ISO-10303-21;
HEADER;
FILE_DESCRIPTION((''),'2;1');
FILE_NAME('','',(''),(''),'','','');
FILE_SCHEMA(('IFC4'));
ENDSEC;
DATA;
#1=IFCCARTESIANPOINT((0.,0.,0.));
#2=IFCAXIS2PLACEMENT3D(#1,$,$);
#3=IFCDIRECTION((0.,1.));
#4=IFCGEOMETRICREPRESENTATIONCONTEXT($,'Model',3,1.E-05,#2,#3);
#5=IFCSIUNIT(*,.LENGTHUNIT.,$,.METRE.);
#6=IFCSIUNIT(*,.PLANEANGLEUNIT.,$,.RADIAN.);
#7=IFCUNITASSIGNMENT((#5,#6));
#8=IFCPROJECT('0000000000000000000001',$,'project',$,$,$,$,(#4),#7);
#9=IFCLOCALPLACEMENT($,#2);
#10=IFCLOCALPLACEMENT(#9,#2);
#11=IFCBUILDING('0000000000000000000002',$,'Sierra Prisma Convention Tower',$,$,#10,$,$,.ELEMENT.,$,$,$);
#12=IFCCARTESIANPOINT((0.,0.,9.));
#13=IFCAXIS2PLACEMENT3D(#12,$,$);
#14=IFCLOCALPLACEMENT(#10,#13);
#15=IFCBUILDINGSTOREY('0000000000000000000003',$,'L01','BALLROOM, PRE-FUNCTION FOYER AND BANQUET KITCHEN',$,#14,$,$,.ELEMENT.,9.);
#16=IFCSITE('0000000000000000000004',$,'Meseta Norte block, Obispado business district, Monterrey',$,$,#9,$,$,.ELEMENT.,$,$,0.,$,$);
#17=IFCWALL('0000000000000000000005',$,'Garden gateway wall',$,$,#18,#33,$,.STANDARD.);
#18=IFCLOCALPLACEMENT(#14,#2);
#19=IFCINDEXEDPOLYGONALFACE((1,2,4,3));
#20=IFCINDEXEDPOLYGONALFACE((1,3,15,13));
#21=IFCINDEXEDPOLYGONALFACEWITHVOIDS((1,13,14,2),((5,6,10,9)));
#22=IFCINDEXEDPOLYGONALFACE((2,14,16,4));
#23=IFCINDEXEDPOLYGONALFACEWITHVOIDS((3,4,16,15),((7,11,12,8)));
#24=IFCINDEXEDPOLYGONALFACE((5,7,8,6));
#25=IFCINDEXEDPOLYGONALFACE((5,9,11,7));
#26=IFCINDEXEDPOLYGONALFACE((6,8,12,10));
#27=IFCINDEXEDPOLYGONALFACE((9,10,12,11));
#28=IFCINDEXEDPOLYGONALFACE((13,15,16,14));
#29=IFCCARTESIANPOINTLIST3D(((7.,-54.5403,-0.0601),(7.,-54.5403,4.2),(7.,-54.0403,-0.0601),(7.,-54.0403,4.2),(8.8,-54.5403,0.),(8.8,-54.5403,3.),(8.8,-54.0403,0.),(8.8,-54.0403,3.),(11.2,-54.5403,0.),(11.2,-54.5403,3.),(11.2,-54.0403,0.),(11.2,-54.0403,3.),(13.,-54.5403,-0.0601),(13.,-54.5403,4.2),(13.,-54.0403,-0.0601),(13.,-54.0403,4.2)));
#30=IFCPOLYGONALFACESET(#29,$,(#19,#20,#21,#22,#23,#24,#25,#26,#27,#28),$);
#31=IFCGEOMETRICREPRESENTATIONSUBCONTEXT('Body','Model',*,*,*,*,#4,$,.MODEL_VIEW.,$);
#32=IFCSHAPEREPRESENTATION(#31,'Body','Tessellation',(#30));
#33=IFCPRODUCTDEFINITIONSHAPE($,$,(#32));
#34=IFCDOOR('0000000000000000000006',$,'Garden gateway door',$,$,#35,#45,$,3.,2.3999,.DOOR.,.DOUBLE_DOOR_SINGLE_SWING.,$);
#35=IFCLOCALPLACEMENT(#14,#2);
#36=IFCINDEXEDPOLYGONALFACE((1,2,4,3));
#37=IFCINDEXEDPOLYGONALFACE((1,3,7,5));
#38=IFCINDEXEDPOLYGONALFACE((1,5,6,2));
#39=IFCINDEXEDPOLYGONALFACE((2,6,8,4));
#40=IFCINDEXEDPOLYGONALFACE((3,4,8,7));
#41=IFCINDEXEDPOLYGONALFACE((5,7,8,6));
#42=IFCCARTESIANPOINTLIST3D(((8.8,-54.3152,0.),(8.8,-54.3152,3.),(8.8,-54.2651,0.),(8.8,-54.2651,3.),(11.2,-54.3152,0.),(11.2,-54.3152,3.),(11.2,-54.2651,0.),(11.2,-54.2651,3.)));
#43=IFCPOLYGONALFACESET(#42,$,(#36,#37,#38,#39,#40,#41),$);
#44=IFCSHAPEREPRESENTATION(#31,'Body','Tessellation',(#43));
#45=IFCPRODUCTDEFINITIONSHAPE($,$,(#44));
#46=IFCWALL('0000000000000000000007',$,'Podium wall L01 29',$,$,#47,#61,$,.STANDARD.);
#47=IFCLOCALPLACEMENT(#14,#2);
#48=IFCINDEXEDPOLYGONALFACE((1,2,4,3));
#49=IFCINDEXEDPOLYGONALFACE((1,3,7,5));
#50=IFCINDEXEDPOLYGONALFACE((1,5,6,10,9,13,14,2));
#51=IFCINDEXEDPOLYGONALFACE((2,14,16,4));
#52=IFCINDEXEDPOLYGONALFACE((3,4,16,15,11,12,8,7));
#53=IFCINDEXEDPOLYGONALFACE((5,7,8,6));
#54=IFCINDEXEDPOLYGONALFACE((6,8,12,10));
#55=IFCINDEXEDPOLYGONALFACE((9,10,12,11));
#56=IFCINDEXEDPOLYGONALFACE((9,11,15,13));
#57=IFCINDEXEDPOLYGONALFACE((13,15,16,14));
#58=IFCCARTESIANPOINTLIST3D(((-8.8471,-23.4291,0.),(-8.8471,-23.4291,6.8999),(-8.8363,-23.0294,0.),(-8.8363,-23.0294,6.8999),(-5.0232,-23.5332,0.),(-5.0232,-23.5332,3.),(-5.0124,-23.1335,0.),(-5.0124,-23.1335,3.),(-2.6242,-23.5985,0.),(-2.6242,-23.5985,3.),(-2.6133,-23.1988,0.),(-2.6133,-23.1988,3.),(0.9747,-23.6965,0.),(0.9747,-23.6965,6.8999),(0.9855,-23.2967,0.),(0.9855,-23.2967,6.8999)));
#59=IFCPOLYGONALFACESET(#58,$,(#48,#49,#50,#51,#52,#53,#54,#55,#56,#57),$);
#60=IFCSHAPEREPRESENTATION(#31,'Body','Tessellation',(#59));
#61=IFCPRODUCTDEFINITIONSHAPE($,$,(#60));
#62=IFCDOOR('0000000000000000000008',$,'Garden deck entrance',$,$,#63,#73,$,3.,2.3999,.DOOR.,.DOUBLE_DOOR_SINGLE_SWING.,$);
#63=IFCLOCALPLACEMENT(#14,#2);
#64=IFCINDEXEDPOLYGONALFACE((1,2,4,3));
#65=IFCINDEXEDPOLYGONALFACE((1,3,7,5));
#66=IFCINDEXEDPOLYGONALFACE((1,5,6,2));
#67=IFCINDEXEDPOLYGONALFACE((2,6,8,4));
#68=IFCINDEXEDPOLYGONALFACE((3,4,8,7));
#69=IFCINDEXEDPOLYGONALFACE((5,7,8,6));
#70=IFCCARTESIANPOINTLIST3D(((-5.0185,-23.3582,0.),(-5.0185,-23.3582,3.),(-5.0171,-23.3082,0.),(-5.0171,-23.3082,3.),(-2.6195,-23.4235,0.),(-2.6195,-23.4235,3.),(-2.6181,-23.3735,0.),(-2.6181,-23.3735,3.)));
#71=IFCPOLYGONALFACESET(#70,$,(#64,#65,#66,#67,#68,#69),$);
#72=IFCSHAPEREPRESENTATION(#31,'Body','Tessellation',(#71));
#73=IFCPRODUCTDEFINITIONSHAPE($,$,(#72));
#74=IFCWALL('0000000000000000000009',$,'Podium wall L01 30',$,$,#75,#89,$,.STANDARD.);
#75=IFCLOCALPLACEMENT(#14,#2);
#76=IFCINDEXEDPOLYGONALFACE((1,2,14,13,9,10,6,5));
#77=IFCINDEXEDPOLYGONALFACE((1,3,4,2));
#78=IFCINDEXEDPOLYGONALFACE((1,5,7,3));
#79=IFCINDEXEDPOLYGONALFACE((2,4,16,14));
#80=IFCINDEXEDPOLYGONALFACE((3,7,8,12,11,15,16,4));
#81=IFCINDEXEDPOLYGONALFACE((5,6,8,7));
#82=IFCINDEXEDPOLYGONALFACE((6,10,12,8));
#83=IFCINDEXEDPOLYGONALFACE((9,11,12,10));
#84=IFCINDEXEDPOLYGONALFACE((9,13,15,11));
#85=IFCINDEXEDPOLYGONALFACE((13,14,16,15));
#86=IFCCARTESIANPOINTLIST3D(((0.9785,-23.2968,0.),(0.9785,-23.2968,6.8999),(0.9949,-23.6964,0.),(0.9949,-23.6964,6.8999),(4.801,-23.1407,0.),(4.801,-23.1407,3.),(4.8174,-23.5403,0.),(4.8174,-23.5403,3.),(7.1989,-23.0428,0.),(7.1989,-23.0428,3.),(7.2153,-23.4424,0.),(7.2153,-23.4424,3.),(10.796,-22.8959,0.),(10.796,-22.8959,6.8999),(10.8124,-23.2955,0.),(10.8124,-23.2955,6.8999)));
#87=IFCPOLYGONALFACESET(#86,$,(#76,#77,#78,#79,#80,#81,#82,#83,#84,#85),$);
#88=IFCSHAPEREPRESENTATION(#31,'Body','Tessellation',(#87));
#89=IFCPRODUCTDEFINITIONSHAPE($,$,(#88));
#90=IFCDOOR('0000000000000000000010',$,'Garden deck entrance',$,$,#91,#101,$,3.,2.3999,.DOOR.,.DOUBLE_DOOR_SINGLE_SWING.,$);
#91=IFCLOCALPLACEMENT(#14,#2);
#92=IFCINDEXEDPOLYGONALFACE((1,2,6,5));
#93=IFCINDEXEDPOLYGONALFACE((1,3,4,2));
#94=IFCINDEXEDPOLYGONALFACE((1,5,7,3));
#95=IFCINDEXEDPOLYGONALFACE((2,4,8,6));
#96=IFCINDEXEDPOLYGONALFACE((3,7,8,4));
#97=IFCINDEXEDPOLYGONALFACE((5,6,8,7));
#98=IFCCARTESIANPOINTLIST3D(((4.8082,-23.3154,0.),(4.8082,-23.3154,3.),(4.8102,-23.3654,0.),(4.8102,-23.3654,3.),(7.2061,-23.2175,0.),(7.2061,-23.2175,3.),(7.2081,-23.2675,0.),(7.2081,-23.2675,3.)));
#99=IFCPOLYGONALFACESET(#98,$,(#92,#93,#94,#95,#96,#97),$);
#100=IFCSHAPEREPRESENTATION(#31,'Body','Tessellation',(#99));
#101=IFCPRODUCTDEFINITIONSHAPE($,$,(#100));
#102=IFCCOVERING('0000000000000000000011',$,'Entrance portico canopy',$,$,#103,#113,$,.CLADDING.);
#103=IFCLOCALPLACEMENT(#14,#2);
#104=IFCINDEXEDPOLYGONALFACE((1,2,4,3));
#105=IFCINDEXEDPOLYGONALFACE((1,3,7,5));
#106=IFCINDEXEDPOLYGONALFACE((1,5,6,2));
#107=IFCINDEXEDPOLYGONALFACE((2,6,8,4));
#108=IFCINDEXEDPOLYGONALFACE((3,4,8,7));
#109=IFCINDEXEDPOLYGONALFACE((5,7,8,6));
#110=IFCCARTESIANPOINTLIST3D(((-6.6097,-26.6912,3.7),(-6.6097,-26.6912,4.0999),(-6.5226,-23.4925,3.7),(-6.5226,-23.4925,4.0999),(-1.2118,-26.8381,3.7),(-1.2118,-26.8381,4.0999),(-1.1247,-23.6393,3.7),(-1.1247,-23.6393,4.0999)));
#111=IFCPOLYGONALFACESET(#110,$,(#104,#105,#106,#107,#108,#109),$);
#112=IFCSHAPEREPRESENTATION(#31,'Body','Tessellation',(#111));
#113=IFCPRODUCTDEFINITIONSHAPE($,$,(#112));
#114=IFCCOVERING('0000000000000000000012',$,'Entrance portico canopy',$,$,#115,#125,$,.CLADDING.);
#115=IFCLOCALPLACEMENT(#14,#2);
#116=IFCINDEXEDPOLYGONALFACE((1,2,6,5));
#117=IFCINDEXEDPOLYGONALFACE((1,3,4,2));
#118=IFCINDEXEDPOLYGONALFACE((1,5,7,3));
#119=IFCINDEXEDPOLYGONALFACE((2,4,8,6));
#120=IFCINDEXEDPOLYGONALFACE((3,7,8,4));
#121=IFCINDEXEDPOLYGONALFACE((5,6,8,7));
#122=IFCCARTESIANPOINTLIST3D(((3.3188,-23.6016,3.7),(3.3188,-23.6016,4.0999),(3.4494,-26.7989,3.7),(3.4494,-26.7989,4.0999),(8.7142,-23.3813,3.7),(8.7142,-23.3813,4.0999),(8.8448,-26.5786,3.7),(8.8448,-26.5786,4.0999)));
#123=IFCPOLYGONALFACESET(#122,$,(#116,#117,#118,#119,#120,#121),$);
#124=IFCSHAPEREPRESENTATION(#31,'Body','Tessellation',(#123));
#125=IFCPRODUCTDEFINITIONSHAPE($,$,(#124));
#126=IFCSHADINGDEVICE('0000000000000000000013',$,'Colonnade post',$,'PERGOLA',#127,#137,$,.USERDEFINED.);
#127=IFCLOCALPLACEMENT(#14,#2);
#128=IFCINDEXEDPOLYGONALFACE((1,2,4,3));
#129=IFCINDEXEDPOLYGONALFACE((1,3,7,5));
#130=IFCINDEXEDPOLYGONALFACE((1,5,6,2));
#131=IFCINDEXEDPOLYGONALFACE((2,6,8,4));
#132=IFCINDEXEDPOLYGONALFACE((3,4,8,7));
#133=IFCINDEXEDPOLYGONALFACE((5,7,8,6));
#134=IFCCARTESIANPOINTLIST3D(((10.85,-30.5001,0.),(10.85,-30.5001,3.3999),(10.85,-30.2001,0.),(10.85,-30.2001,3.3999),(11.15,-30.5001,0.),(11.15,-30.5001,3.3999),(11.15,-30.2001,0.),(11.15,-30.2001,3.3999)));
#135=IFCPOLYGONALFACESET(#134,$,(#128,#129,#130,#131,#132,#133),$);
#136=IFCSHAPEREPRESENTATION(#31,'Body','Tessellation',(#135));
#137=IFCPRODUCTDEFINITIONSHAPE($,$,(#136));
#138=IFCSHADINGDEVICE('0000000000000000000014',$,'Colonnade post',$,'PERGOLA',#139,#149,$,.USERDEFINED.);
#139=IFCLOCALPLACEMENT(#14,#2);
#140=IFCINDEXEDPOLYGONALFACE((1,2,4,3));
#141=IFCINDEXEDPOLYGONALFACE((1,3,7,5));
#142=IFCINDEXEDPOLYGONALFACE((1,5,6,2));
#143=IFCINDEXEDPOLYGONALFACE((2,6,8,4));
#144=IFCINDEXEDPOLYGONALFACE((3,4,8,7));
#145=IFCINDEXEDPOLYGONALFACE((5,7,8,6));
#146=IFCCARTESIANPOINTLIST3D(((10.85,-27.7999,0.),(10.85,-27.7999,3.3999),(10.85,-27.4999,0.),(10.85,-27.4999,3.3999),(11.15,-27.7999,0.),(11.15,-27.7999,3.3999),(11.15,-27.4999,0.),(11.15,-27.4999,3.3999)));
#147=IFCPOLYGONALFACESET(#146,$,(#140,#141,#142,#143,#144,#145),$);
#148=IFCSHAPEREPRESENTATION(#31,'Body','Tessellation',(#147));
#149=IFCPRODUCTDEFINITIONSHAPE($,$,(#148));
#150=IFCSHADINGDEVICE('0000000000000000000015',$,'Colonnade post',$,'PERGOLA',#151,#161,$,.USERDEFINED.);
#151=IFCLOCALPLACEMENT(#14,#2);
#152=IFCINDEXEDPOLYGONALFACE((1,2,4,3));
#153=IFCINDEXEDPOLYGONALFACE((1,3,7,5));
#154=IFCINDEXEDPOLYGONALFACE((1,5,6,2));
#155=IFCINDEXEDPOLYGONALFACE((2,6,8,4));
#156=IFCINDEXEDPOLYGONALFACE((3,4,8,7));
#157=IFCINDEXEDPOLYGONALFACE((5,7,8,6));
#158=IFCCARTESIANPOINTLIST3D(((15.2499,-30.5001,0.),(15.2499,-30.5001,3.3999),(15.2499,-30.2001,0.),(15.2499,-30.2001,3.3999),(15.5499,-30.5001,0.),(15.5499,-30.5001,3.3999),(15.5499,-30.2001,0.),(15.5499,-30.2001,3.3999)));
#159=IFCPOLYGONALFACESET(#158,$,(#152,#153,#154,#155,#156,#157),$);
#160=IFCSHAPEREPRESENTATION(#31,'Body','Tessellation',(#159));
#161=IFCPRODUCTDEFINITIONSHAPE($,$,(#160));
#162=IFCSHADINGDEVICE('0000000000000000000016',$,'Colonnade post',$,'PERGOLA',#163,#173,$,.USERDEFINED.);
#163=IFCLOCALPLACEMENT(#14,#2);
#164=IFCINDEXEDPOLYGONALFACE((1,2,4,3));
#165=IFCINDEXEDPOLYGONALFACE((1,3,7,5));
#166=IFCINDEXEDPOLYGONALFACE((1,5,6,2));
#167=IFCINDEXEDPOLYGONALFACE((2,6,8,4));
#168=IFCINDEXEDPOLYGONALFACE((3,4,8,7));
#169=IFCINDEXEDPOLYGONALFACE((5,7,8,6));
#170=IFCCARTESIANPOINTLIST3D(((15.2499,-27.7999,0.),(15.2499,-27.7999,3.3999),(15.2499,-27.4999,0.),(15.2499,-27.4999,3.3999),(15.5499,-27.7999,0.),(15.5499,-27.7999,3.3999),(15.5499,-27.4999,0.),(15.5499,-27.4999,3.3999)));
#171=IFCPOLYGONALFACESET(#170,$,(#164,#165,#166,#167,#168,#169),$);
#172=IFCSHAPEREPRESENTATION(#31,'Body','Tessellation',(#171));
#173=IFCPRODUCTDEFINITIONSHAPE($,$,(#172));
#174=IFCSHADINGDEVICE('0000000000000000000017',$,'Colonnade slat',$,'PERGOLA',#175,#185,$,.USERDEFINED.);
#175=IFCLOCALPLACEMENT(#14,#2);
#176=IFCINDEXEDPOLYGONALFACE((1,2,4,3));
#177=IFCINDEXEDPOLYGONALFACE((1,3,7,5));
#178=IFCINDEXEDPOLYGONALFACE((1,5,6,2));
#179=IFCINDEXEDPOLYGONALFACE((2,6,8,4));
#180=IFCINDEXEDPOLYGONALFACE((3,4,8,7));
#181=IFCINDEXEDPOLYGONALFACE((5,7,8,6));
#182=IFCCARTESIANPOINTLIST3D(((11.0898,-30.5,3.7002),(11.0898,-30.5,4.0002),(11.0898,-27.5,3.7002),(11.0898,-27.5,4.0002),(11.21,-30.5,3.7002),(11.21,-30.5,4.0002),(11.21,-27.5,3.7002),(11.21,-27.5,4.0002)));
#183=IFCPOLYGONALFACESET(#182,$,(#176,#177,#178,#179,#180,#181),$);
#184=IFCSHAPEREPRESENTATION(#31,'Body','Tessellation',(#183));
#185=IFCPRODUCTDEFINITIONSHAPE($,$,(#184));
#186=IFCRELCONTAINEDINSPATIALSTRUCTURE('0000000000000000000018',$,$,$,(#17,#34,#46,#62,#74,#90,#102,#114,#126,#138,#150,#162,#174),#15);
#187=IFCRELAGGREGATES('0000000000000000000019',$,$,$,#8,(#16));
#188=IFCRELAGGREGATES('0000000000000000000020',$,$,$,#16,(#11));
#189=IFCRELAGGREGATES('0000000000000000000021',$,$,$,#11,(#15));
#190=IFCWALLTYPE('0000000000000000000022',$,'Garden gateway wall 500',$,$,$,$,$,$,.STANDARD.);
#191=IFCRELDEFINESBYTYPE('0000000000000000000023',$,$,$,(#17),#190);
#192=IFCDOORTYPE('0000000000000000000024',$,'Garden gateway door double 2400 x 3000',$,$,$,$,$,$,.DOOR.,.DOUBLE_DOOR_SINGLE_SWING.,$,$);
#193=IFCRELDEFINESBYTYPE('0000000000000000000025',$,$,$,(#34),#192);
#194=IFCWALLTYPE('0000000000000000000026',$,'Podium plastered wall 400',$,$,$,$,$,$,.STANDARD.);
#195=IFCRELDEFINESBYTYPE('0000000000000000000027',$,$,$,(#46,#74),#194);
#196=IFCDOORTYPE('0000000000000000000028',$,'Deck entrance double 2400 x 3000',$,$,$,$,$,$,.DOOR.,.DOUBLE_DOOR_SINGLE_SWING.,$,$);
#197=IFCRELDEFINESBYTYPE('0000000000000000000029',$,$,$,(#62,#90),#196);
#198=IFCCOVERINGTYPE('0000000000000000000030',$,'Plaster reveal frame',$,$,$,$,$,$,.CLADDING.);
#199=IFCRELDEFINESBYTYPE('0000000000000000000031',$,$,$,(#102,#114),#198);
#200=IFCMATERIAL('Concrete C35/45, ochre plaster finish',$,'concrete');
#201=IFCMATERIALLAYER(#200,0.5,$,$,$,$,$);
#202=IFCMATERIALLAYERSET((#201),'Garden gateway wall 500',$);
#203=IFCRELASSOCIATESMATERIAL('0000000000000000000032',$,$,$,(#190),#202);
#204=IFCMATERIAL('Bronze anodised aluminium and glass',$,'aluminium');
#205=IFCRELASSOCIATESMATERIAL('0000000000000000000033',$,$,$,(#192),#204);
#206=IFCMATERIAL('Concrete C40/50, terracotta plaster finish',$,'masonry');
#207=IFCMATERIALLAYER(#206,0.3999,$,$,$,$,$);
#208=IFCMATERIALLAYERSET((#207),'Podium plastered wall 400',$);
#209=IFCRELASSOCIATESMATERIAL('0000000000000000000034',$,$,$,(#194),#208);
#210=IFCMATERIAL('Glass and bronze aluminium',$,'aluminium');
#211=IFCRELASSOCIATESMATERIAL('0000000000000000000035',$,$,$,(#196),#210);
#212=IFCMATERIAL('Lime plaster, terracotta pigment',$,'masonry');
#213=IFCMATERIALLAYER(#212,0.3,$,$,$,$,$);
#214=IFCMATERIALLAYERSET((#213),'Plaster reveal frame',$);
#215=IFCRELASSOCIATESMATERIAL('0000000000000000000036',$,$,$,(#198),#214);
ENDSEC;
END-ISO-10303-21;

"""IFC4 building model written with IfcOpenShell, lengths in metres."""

from ifc_helpers import new_model, si_unit, direction, frame, frame_2d, origin, origin_2d, place, context, subcontext, project, spatial, rectangle, extrude, material, layer, layer_set, type_object, element, fill, save


model = new_model("IFC4")

# Units and contexts
model_context = context("Model", 3, precision=1e-05, world=origin(), true_north=direction((0.0, 1.0)))
body_context = subcontext(model_context, "Body", "Model", "MODEL_VIEW")
ifc_project = project(units=[si_unit("LENGTHUNIT", "METRE"), si_unit("PLANEANGLEUNIT", "RADIAN")], contexts=[model_context])

# Site, building, storey
site_placement = place(None, origin())
site = spatial("IfcSite", under=ifc_project, at=site_placement, Name="Meseta Norte block, Obispado business district, Monterrey", CompositionType="ELEMENT", RefElevation=0.0)
building_placement = place(site_placement, origin())
building = spatial("IfcBuilding", under=site, at=building_placement, Name="Sierra Prisma Convention Tower", CompositionType="ELEMENT")
storey_placement = place(building_placement, frame((0.0, 0.0, 9.0)))
storey = spatial("IfcBuildingStorey", under=building, at=storey_placement, Name="L01", Description="BALLROOM, PRE-FUNCTION FOYER AND BANQUET KITCHEN", CompositionType="ELEMENT", Elevation=9.0)

# Walls, openings, doors
ifc_material_1 = material(Name="Concrete C35/45, ochre plaster finish", Category="concrete")
ifc_layer_1 = layer(ifc_material_1, 0.5)
ifc_layer_set_1 = layer_set([ifc_layer_1], Name="Garden gateway wall 500")
wall_type_1 = type_object("IfcWallType", Name="Garden gateway wall 500", PredefinedType="STANDARD", material=ifc_layer_set_1)
wall_1_placement = place(storey_placement, frame((13.0, -54.2903, -0.0601), z_axis=(0.0, 0.0, 1.0), x_axis=(-1.0, 0.0, 0.0)))
wall_1 = element("IfcWall", 1, at=wall_1_placement, inside=storey, type_object=wall_type_1, Name="Garden gateway wall", PredefinedType="STANDARD", context=body_context, shape_type="SweptSolid", body=[
    extrude(rectangle(XDim=6.0, YDim=0.5, at=frame_2d((3.0, 0.0))), origin(), (0.0, 0.0, 1.0), 4.26),
])
opening_1_placement = place(wall_1_placement, frame((1.8, 0.0, 0.0601)))
opening_1 = element("IfcOpeningElement", 2, at=opening_1_placement, cuts=wall_1, PredefinedType="OPENING", context=body_context, shape_type="SweptSolid", body=[
    extrude(rectangle(XDim=2.3999, YDim=3.0, at=frame_2d((1.2, 1.5))), frame((0.0, 0.25, 0.0), z_axis=(0.0, -1.0, 0.0), x_axis=(1.0, 0.0, 0.0)), (0.0, 0.0, 1.0), 0.5),
])
ifc_material_2 = material(Name="Bronze anodised aluminium and glass", Category="aluminium")
door_type_1 = type_object("IfcDoorType", Name="Garden gateway door double 2400 x 3000", OperationType="DOUBLE_DOOR_SINGLE_SWING", PredefinedType="DOOR", material=ifc_material_2)
door_1_placement = place(opening_1_placement, origin())
door_1 = element("IfcDoor", 3, at=door_1_placement, inside=storey, type_object=door_type_1, Name="Garden gateway door", OperationType="DOUBLE_DOOR_SINGLE_SWING", OverallHeight=3.0, OverallWidth=2.3999, PredefinedType="DOOR", context=body_context, shape_type="SweptSolid", body=[
    extrude(rectangle(XDim=2.3999, YDim=3.0, at=frame_2d((1.2, 1.5))), frame((0.0, 0.0249, 0.0), z_axis=(0.0, -1.0, 0.0), x_axis=(1.0, 0.0, 0.0)), (0.0, 0.0, 1.0), 0.05),
])
fill(opening_1, door_1)
ifc_material_3 = material(Name="Concrete C40/50, terracotta plaster finish", Category="masonry")
ifc_layer_2 = layer(ifc_material_3, 0.3999)
ifc_layer_set_2 = layer_set([ifc_layer_2], Name="Podium plastered wall 400")
wall_type_2 = type_object("IfcWallType", Name="Podium plastered wall 400", PredefinedType="STANDARD", material=ifc_layer_set_2)
wall_2_placement = place(storey_placement, frame((0.98, -23.4966, 0.0), z_axis=(0.0, 0.0, 1.0), x_axis=(-0.99963, 0.027208, 0.0)))
wall_2 = element("IfcWall", 4, at=wall_2_placement, inside=storey, type_object=wall_type_2, Name="Podium wall L01 29", PredefinedType="STANDARD", context=body_context, shape_type="SweptSolid", body=[
    extrude(rectangle(XDim=9.8254, YDim=0.3999, at=frame_2d((4.9126, 0.0))), origin(), (0.0, 0.0, 1.0), 6.8999),
])
opening_2_placement = place(wall_2_placement, frame((3.6001, 0.0, 0.0)))
opening_2 = element("IfcOpeningElement", 5, at=opening_2_placement, cuts=wall_2, PredefinedType="OPENING", context=body_context, shape_type="SweptSolid", body=[
    extrude(rectangle(XDim=2.3999, YDim=3.0, at=frame_2d((1.2, 1.5))), frame((0.0, 0.2, 0.0), z_axis=(0.0, -1.0, 0.0), x_axis=(1.0, 0.0, 0.0)), (0.0, 0.0, 1.0), 0.3999),
])
ifc_material_4 = material(Name="Glass and bronze aluminium", Category="aluminium")
door_type_2 = type_object("IfcDoorType", Name="Deck entrance double 2400 x 3000", OperationType="DOUBLE_DOOR_SINGLE_SWING", PredefinedType="DOOR", material=ifc_material_4)
door_2_placement = place(opening_2_placement, origin())
door_2 = element("IfcDoor", 6, at=door_2_placement, inside=storey, type_object=door_type_2, Name="Garden deck entrance", OperationType="DOUBLE_DOOR_SINGLE_SWING", OverallHeight=3.0, OverallWidth=2.3999, PredefinedType="DOOR", context=body_context, shape_type="SweptSolid", body=[
    extrude(rectangle(XDim=2.3999, YDim=3.0, at=frame_2d((1.2, 1.5))), frame((0.0, 0.0249, 0.0), z_axis=(0.0, -1.0, 0.0), x_axis=(1.0, 0.0, 0.0)), (0.0, 0.0, 1.0), 0.05),
])
fill(opening_2, door_2)
wall_3_placement = place(storey_placement, frame((10.8042, -23.0957, 0.0), z_axis=(0.0, 0.0, 1.0), x_axis=(-0.999167, -0.0408, 0.0)))
wall_3 = element("IfcWall", 7, at=wall_3_placement, inside=storey, type_object=wall_type_2, Name="Podium wall L01 30", PredefinedType="STANDARD", context=body_context, shape_type="SweptSolid", body=[
    extrude(rectangle(XDim=9.8257, YDim=0.3999, at=frame_2d((4.9128, 0.0))), origin(), (0.0, 0.0, 1.0), 6.8999),
])
opening_3_placement = place(wall_3_placement, frame((3.6001, 0.0, 0.0)))
opening_3 = element("IfcOpeningElement", 8, at=opening_3_placement, cuts=wall_3, PredefinedType="OPENING", context=body_context, shape_type="SweptSolid", body=[
    extrude(rectangle(XDim=2.3999, YDim=3.0, at=frame_2d((1.2, 1.5))), frame((0.0, 0.2, 0.0), z_axis=(0.0, -1.0, 0.0), x_axis=(1.0, 0.0, 0.0)), (0.0, 0.0, 1.0), 0.3999),
])
door_3_placement = place(opening_3_placement, origin())
door_3 = element("IfcDoor", 9, at=door_3_placement, inside=storey, type_object=door_type_2, Name="Garden deck entrance", OperationType="DOUBLE_DOOR_SINGLE_SWING", OverallHeight=3.0, OverallWidth=2.3999, PredefinedType="DOOR", context=body_context, shape_type="SweptSolid", body=[
    extrude(rectangle(XDim=2.3999, YDim=3.0, at=frame_2d((1.2, 1.5))), frame((0.0, 0.0249, 0.0), z_axis=(0.0, -1.0, 0.0), x_axis=(1.0, 0.0, 0.0)), (0.0, 0.0, 1.0), 0.05),
])
fill(opening_3, door_3)

# Coverings
ifc_material_5 = material(Name="Lime plaster, terracotta pigment", Category="masonry")
ifc_layer_3 = layer(ifc_material_5, 0.3)
ifc_layer_set_3 = layer_set([ifc_layer_3], Name="Plaster reveal frame")
covering_type = type_object("IfcCoveringType", Name="Plaster reveal frame", PredefinedType="CLADDING", material=ifc_layer_set_3)
for number, where, z_axis, x_axis, name in (
    (10, (-3.8672, -25.1653, 3.7), (0.0, 0.0, 1.0), (-0.99963, 0.027203, 0.0), "Entrance portico canopy"),
    (11, (6.0818, -25.0901, 3.7), (0.0, 0.0, 1.0), (-0.999167, -0.040796, 0.0), "Entrance portico canopy"),
):
    element("IfcCovering", number, at=place(storey_placement, frame(where, z_axis=z_axis, x_axis=x_axis)), inside=storey, type_object=covering_type, Name=name, PredefinedType="CLADDING", context=body_context, shape_type="SweptSolid", body=[
        extrude(rectangle(XDim=5.3999, YDim=3.2, at=origin_2d()), origin(), (0.0, 0.0, 1.0), 0.3999),
    ])

# Shading devices
for number, where, z_axis, x_axis, name in (
    (12, (11.0, -30.3501, 0.0), (0.0, 0.0, 1.0), (1.0, 0.0, 0.0), "Colonnade post"),
    (13, (11.0, -27.6499, 0.0), (0.0, 0.0, 1.0), (1.0, 0.0, 0.0), "Colonnade post"),
    (14, (15.3999, -30.3501, 0.0), (0.0, 0.0, 1.0), (1.0, 0.0, 0.0), "Colonnade post"),
    (15, (15.3999, -27.6499, 0.0), (0.0, 0.0, 1.0), (1.0, 0.0, 0.0), "Colonnade post"),
):
    element("IfcShadingDevice", number, at=place(storey_placement, frame(where, z_axis=z_axis, x_axis=x_axis)), inside=storey, Name=name, ObjectType="PERGOLA", PredefinedType="USERDEFINED", context=body_context, shape_type="SweptSolid", body=[
        extrude(rectangle(XDim=0.3, YDim=0.3, at=origin_2d()), origin(), (0.0, 0.0, 1.0), 3.3999),
    ])
for number, where, z_axis, x_axis, name in (
    (16, (11.1499, -29.0, 3.7002), (0.0, 0.0, 1.0), (1.0, 0.0, 0.0), "Colonnade slat"),
):
    element("IfcShadingDevice", number, at=place(storey_placement, frame(where, z_axis=z_axis, x_axis=x_axis)), inside=storey, Name=name, ObjectType="PERGOLA", PredefinedType="USERDEFINED", context=body_context, shape_type="SweptSolid", body=[
        extrude(rectangle(XDim=0.1201, YDim=3.0, at=origin_2d()), origin(), (0.0, 0.0, 1.0), 0.3),
    ])

save(model, "model.ifc")
